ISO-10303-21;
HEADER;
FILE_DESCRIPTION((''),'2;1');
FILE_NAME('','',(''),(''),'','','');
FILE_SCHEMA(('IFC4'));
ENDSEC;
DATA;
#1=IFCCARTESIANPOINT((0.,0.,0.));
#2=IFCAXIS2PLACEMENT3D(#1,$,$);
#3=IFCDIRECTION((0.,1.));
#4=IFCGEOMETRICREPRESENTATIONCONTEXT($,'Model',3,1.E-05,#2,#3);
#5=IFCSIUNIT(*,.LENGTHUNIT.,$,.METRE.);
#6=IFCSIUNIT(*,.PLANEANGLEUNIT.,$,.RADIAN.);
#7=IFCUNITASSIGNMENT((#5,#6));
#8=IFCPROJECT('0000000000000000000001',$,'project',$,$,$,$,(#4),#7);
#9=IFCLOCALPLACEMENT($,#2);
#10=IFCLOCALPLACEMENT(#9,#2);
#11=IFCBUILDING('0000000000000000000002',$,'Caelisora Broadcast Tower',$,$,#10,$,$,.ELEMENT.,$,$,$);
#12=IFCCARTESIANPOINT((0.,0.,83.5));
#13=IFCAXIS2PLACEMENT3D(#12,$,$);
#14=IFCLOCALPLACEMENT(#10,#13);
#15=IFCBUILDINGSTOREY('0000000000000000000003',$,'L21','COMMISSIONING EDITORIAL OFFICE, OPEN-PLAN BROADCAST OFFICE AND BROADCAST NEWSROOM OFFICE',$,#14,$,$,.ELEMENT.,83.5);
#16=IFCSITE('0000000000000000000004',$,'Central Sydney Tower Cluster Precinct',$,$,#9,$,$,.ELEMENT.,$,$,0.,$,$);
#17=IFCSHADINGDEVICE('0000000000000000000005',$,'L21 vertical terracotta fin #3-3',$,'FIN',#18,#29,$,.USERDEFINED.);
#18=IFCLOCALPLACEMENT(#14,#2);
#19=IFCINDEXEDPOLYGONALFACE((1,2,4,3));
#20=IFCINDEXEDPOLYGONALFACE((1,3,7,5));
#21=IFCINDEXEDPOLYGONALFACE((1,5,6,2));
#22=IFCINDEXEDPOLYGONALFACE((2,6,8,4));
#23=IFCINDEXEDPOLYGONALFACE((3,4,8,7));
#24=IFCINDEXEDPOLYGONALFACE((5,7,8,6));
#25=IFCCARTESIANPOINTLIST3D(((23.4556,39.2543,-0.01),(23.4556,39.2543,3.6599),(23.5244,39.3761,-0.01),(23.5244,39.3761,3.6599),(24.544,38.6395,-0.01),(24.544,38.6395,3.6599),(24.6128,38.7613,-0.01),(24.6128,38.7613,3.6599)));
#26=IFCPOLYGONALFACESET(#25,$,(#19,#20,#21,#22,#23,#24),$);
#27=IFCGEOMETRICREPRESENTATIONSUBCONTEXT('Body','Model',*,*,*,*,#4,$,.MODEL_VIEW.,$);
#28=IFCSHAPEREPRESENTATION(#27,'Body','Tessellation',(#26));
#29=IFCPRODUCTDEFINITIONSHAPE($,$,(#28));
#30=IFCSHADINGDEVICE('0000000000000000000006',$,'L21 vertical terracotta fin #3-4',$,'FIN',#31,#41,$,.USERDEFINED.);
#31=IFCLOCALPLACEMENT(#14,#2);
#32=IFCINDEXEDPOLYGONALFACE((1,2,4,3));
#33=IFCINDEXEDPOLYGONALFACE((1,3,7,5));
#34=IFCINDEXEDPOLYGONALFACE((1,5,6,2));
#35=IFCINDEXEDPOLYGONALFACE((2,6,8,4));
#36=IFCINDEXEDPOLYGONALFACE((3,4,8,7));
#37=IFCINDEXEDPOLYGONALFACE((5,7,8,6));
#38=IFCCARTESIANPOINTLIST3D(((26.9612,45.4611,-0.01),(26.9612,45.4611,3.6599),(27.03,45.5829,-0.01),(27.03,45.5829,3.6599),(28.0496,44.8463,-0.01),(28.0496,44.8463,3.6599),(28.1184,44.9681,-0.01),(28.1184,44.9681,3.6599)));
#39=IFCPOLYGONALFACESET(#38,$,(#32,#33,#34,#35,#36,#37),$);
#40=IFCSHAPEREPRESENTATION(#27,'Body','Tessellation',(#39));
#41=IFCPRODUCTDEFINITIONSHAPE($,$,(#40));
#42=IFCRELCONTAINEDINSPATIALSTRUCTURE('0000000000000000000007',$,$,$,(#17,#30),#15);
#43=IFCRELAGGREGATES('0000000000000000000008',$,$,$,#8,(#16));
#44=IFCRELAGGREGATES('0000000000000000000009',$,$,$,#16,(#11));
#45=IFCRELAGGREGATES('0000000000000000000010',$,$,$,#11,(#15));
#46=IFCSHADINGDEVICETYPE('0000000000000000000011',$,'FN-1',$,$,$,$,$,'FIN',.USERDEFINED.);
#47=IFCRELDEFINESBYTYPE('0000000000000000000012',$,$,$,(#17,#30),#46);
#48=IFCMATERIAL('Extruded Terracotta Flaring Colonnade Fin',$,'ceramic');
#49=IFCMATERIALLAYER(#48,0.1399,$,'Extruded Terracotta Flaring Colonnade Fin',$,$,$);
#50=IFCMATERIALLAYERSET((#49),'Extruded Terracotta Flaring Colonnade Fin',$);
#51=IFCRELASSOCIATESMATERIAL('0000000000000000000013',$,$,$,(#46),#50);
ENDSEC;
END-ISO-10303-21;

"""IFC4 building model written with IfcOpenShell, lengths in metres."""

from ifc_helpers import new_model, si_unit, direction, frame, origin, origin_2d, place, context, subcontext, project, spatial, rectangle, extrude, source, transform, mapped, material, layer, layer_set, type_object, type_shapes, element, save


model = new_model("IFC4")

# Units and contexts
model_context = context("Model", 3, precision=1e-05, world=origin(), true_north=direction((0.0, 1.0)))
body_context = subcontext(model_context, "Body", "Model", "MODEL_VIEW")
ifc_project = project(units=[si_unit("LENGTHUNIT", "METRE"), si_unit("PLANEANGLEUNIT", "RADIAN")], contexts=[model_context])

# Site, building, storey
site_placement = place(None, origin())
site = spatial("IfcSite", under=ifc_project, at=site_placement, Name="Central Sydney Tower Cluster Precinct", CompositionType="ELEMENT", RefElevation=0.0)
building_placement = place(site_placement, origin())
building = spatial("IfcBuilding", under=site, at=building_placement, Name="Caelisora Broadcast Tower", CompositionType="ELEMENT")
storey_placement = place(building_placement, frame((0.0, 0.0, 83.5)))
storey = spatial("IfcBuildingStorey", under=building, at=storey_placement, Name="L21", Description="COMMISSIONING EDITORIAL OFFICE, OPEN-PLAN BROADCAST OFFICE AND BROADCAST NEWSROOM OFFICE", CompositionType="ELEMENT", Elevation=83.5)

# Shading devices
ifc_material_1 = material(Name="Extruded Terracotta Flaring Colonnade Fin", Category="ceramic")
ifc_layer_1 = layer(ifc_material_1, 0.1399, Name="Extruded Terracotta Flaring Colonnade Fin")
ifc_layer_set_1 = layer_set([ifc_layer_1], Name="Extruded Terracotta Flaring Colonnade Fin")
shading_device_type = type_object("IfcShadingDeviceType", Name="FN-1", ElementType="FIN", PredefinedType="USERDEFINED", material=ifc_layer_set_1)
shared_shape_1 = source(origin(), body_context, "Body", "SweptSolid", [
    extrude(rectangle(XDim=0.1399, YDim=1.25, at=origin_2d()), origin(), (0.0, 0.0, 1.0), 3.6699),
])
type_shapes(shading_device_type, [shared_shape_1])
for number, where, z_axis, x_axis, name in (
    (1, (24.0342, 39.0078, -0.01), (0.0, 0.0, 1.0), (0.491816, 0.870699, 0.0), "L21 vertical terracotta fin #3-3"),
    (2, (27.5398, 45.2146, -0.01), (0.0, 0.0, 1.0), (0.491816, 0.870699, 0.0), "L21 vertical terracotta fin #3-4"),
):
    element("IfcShadingDevice", number, at=place(storey_placement, frame(where, z_axis=z_axis, x_axis=x_axis)), inside=storey, type_object=shading_device_type, Name=name, ObjectType="FIN", PredefinedType="USERDEFINED", context=body_context, shape_type="MappedRepresentation", body=[
        mapped(shared_shape_1, transform((0.0, 0.0, 0.0), scale=1.0)),
    ])

save(model, "model.ifc")
